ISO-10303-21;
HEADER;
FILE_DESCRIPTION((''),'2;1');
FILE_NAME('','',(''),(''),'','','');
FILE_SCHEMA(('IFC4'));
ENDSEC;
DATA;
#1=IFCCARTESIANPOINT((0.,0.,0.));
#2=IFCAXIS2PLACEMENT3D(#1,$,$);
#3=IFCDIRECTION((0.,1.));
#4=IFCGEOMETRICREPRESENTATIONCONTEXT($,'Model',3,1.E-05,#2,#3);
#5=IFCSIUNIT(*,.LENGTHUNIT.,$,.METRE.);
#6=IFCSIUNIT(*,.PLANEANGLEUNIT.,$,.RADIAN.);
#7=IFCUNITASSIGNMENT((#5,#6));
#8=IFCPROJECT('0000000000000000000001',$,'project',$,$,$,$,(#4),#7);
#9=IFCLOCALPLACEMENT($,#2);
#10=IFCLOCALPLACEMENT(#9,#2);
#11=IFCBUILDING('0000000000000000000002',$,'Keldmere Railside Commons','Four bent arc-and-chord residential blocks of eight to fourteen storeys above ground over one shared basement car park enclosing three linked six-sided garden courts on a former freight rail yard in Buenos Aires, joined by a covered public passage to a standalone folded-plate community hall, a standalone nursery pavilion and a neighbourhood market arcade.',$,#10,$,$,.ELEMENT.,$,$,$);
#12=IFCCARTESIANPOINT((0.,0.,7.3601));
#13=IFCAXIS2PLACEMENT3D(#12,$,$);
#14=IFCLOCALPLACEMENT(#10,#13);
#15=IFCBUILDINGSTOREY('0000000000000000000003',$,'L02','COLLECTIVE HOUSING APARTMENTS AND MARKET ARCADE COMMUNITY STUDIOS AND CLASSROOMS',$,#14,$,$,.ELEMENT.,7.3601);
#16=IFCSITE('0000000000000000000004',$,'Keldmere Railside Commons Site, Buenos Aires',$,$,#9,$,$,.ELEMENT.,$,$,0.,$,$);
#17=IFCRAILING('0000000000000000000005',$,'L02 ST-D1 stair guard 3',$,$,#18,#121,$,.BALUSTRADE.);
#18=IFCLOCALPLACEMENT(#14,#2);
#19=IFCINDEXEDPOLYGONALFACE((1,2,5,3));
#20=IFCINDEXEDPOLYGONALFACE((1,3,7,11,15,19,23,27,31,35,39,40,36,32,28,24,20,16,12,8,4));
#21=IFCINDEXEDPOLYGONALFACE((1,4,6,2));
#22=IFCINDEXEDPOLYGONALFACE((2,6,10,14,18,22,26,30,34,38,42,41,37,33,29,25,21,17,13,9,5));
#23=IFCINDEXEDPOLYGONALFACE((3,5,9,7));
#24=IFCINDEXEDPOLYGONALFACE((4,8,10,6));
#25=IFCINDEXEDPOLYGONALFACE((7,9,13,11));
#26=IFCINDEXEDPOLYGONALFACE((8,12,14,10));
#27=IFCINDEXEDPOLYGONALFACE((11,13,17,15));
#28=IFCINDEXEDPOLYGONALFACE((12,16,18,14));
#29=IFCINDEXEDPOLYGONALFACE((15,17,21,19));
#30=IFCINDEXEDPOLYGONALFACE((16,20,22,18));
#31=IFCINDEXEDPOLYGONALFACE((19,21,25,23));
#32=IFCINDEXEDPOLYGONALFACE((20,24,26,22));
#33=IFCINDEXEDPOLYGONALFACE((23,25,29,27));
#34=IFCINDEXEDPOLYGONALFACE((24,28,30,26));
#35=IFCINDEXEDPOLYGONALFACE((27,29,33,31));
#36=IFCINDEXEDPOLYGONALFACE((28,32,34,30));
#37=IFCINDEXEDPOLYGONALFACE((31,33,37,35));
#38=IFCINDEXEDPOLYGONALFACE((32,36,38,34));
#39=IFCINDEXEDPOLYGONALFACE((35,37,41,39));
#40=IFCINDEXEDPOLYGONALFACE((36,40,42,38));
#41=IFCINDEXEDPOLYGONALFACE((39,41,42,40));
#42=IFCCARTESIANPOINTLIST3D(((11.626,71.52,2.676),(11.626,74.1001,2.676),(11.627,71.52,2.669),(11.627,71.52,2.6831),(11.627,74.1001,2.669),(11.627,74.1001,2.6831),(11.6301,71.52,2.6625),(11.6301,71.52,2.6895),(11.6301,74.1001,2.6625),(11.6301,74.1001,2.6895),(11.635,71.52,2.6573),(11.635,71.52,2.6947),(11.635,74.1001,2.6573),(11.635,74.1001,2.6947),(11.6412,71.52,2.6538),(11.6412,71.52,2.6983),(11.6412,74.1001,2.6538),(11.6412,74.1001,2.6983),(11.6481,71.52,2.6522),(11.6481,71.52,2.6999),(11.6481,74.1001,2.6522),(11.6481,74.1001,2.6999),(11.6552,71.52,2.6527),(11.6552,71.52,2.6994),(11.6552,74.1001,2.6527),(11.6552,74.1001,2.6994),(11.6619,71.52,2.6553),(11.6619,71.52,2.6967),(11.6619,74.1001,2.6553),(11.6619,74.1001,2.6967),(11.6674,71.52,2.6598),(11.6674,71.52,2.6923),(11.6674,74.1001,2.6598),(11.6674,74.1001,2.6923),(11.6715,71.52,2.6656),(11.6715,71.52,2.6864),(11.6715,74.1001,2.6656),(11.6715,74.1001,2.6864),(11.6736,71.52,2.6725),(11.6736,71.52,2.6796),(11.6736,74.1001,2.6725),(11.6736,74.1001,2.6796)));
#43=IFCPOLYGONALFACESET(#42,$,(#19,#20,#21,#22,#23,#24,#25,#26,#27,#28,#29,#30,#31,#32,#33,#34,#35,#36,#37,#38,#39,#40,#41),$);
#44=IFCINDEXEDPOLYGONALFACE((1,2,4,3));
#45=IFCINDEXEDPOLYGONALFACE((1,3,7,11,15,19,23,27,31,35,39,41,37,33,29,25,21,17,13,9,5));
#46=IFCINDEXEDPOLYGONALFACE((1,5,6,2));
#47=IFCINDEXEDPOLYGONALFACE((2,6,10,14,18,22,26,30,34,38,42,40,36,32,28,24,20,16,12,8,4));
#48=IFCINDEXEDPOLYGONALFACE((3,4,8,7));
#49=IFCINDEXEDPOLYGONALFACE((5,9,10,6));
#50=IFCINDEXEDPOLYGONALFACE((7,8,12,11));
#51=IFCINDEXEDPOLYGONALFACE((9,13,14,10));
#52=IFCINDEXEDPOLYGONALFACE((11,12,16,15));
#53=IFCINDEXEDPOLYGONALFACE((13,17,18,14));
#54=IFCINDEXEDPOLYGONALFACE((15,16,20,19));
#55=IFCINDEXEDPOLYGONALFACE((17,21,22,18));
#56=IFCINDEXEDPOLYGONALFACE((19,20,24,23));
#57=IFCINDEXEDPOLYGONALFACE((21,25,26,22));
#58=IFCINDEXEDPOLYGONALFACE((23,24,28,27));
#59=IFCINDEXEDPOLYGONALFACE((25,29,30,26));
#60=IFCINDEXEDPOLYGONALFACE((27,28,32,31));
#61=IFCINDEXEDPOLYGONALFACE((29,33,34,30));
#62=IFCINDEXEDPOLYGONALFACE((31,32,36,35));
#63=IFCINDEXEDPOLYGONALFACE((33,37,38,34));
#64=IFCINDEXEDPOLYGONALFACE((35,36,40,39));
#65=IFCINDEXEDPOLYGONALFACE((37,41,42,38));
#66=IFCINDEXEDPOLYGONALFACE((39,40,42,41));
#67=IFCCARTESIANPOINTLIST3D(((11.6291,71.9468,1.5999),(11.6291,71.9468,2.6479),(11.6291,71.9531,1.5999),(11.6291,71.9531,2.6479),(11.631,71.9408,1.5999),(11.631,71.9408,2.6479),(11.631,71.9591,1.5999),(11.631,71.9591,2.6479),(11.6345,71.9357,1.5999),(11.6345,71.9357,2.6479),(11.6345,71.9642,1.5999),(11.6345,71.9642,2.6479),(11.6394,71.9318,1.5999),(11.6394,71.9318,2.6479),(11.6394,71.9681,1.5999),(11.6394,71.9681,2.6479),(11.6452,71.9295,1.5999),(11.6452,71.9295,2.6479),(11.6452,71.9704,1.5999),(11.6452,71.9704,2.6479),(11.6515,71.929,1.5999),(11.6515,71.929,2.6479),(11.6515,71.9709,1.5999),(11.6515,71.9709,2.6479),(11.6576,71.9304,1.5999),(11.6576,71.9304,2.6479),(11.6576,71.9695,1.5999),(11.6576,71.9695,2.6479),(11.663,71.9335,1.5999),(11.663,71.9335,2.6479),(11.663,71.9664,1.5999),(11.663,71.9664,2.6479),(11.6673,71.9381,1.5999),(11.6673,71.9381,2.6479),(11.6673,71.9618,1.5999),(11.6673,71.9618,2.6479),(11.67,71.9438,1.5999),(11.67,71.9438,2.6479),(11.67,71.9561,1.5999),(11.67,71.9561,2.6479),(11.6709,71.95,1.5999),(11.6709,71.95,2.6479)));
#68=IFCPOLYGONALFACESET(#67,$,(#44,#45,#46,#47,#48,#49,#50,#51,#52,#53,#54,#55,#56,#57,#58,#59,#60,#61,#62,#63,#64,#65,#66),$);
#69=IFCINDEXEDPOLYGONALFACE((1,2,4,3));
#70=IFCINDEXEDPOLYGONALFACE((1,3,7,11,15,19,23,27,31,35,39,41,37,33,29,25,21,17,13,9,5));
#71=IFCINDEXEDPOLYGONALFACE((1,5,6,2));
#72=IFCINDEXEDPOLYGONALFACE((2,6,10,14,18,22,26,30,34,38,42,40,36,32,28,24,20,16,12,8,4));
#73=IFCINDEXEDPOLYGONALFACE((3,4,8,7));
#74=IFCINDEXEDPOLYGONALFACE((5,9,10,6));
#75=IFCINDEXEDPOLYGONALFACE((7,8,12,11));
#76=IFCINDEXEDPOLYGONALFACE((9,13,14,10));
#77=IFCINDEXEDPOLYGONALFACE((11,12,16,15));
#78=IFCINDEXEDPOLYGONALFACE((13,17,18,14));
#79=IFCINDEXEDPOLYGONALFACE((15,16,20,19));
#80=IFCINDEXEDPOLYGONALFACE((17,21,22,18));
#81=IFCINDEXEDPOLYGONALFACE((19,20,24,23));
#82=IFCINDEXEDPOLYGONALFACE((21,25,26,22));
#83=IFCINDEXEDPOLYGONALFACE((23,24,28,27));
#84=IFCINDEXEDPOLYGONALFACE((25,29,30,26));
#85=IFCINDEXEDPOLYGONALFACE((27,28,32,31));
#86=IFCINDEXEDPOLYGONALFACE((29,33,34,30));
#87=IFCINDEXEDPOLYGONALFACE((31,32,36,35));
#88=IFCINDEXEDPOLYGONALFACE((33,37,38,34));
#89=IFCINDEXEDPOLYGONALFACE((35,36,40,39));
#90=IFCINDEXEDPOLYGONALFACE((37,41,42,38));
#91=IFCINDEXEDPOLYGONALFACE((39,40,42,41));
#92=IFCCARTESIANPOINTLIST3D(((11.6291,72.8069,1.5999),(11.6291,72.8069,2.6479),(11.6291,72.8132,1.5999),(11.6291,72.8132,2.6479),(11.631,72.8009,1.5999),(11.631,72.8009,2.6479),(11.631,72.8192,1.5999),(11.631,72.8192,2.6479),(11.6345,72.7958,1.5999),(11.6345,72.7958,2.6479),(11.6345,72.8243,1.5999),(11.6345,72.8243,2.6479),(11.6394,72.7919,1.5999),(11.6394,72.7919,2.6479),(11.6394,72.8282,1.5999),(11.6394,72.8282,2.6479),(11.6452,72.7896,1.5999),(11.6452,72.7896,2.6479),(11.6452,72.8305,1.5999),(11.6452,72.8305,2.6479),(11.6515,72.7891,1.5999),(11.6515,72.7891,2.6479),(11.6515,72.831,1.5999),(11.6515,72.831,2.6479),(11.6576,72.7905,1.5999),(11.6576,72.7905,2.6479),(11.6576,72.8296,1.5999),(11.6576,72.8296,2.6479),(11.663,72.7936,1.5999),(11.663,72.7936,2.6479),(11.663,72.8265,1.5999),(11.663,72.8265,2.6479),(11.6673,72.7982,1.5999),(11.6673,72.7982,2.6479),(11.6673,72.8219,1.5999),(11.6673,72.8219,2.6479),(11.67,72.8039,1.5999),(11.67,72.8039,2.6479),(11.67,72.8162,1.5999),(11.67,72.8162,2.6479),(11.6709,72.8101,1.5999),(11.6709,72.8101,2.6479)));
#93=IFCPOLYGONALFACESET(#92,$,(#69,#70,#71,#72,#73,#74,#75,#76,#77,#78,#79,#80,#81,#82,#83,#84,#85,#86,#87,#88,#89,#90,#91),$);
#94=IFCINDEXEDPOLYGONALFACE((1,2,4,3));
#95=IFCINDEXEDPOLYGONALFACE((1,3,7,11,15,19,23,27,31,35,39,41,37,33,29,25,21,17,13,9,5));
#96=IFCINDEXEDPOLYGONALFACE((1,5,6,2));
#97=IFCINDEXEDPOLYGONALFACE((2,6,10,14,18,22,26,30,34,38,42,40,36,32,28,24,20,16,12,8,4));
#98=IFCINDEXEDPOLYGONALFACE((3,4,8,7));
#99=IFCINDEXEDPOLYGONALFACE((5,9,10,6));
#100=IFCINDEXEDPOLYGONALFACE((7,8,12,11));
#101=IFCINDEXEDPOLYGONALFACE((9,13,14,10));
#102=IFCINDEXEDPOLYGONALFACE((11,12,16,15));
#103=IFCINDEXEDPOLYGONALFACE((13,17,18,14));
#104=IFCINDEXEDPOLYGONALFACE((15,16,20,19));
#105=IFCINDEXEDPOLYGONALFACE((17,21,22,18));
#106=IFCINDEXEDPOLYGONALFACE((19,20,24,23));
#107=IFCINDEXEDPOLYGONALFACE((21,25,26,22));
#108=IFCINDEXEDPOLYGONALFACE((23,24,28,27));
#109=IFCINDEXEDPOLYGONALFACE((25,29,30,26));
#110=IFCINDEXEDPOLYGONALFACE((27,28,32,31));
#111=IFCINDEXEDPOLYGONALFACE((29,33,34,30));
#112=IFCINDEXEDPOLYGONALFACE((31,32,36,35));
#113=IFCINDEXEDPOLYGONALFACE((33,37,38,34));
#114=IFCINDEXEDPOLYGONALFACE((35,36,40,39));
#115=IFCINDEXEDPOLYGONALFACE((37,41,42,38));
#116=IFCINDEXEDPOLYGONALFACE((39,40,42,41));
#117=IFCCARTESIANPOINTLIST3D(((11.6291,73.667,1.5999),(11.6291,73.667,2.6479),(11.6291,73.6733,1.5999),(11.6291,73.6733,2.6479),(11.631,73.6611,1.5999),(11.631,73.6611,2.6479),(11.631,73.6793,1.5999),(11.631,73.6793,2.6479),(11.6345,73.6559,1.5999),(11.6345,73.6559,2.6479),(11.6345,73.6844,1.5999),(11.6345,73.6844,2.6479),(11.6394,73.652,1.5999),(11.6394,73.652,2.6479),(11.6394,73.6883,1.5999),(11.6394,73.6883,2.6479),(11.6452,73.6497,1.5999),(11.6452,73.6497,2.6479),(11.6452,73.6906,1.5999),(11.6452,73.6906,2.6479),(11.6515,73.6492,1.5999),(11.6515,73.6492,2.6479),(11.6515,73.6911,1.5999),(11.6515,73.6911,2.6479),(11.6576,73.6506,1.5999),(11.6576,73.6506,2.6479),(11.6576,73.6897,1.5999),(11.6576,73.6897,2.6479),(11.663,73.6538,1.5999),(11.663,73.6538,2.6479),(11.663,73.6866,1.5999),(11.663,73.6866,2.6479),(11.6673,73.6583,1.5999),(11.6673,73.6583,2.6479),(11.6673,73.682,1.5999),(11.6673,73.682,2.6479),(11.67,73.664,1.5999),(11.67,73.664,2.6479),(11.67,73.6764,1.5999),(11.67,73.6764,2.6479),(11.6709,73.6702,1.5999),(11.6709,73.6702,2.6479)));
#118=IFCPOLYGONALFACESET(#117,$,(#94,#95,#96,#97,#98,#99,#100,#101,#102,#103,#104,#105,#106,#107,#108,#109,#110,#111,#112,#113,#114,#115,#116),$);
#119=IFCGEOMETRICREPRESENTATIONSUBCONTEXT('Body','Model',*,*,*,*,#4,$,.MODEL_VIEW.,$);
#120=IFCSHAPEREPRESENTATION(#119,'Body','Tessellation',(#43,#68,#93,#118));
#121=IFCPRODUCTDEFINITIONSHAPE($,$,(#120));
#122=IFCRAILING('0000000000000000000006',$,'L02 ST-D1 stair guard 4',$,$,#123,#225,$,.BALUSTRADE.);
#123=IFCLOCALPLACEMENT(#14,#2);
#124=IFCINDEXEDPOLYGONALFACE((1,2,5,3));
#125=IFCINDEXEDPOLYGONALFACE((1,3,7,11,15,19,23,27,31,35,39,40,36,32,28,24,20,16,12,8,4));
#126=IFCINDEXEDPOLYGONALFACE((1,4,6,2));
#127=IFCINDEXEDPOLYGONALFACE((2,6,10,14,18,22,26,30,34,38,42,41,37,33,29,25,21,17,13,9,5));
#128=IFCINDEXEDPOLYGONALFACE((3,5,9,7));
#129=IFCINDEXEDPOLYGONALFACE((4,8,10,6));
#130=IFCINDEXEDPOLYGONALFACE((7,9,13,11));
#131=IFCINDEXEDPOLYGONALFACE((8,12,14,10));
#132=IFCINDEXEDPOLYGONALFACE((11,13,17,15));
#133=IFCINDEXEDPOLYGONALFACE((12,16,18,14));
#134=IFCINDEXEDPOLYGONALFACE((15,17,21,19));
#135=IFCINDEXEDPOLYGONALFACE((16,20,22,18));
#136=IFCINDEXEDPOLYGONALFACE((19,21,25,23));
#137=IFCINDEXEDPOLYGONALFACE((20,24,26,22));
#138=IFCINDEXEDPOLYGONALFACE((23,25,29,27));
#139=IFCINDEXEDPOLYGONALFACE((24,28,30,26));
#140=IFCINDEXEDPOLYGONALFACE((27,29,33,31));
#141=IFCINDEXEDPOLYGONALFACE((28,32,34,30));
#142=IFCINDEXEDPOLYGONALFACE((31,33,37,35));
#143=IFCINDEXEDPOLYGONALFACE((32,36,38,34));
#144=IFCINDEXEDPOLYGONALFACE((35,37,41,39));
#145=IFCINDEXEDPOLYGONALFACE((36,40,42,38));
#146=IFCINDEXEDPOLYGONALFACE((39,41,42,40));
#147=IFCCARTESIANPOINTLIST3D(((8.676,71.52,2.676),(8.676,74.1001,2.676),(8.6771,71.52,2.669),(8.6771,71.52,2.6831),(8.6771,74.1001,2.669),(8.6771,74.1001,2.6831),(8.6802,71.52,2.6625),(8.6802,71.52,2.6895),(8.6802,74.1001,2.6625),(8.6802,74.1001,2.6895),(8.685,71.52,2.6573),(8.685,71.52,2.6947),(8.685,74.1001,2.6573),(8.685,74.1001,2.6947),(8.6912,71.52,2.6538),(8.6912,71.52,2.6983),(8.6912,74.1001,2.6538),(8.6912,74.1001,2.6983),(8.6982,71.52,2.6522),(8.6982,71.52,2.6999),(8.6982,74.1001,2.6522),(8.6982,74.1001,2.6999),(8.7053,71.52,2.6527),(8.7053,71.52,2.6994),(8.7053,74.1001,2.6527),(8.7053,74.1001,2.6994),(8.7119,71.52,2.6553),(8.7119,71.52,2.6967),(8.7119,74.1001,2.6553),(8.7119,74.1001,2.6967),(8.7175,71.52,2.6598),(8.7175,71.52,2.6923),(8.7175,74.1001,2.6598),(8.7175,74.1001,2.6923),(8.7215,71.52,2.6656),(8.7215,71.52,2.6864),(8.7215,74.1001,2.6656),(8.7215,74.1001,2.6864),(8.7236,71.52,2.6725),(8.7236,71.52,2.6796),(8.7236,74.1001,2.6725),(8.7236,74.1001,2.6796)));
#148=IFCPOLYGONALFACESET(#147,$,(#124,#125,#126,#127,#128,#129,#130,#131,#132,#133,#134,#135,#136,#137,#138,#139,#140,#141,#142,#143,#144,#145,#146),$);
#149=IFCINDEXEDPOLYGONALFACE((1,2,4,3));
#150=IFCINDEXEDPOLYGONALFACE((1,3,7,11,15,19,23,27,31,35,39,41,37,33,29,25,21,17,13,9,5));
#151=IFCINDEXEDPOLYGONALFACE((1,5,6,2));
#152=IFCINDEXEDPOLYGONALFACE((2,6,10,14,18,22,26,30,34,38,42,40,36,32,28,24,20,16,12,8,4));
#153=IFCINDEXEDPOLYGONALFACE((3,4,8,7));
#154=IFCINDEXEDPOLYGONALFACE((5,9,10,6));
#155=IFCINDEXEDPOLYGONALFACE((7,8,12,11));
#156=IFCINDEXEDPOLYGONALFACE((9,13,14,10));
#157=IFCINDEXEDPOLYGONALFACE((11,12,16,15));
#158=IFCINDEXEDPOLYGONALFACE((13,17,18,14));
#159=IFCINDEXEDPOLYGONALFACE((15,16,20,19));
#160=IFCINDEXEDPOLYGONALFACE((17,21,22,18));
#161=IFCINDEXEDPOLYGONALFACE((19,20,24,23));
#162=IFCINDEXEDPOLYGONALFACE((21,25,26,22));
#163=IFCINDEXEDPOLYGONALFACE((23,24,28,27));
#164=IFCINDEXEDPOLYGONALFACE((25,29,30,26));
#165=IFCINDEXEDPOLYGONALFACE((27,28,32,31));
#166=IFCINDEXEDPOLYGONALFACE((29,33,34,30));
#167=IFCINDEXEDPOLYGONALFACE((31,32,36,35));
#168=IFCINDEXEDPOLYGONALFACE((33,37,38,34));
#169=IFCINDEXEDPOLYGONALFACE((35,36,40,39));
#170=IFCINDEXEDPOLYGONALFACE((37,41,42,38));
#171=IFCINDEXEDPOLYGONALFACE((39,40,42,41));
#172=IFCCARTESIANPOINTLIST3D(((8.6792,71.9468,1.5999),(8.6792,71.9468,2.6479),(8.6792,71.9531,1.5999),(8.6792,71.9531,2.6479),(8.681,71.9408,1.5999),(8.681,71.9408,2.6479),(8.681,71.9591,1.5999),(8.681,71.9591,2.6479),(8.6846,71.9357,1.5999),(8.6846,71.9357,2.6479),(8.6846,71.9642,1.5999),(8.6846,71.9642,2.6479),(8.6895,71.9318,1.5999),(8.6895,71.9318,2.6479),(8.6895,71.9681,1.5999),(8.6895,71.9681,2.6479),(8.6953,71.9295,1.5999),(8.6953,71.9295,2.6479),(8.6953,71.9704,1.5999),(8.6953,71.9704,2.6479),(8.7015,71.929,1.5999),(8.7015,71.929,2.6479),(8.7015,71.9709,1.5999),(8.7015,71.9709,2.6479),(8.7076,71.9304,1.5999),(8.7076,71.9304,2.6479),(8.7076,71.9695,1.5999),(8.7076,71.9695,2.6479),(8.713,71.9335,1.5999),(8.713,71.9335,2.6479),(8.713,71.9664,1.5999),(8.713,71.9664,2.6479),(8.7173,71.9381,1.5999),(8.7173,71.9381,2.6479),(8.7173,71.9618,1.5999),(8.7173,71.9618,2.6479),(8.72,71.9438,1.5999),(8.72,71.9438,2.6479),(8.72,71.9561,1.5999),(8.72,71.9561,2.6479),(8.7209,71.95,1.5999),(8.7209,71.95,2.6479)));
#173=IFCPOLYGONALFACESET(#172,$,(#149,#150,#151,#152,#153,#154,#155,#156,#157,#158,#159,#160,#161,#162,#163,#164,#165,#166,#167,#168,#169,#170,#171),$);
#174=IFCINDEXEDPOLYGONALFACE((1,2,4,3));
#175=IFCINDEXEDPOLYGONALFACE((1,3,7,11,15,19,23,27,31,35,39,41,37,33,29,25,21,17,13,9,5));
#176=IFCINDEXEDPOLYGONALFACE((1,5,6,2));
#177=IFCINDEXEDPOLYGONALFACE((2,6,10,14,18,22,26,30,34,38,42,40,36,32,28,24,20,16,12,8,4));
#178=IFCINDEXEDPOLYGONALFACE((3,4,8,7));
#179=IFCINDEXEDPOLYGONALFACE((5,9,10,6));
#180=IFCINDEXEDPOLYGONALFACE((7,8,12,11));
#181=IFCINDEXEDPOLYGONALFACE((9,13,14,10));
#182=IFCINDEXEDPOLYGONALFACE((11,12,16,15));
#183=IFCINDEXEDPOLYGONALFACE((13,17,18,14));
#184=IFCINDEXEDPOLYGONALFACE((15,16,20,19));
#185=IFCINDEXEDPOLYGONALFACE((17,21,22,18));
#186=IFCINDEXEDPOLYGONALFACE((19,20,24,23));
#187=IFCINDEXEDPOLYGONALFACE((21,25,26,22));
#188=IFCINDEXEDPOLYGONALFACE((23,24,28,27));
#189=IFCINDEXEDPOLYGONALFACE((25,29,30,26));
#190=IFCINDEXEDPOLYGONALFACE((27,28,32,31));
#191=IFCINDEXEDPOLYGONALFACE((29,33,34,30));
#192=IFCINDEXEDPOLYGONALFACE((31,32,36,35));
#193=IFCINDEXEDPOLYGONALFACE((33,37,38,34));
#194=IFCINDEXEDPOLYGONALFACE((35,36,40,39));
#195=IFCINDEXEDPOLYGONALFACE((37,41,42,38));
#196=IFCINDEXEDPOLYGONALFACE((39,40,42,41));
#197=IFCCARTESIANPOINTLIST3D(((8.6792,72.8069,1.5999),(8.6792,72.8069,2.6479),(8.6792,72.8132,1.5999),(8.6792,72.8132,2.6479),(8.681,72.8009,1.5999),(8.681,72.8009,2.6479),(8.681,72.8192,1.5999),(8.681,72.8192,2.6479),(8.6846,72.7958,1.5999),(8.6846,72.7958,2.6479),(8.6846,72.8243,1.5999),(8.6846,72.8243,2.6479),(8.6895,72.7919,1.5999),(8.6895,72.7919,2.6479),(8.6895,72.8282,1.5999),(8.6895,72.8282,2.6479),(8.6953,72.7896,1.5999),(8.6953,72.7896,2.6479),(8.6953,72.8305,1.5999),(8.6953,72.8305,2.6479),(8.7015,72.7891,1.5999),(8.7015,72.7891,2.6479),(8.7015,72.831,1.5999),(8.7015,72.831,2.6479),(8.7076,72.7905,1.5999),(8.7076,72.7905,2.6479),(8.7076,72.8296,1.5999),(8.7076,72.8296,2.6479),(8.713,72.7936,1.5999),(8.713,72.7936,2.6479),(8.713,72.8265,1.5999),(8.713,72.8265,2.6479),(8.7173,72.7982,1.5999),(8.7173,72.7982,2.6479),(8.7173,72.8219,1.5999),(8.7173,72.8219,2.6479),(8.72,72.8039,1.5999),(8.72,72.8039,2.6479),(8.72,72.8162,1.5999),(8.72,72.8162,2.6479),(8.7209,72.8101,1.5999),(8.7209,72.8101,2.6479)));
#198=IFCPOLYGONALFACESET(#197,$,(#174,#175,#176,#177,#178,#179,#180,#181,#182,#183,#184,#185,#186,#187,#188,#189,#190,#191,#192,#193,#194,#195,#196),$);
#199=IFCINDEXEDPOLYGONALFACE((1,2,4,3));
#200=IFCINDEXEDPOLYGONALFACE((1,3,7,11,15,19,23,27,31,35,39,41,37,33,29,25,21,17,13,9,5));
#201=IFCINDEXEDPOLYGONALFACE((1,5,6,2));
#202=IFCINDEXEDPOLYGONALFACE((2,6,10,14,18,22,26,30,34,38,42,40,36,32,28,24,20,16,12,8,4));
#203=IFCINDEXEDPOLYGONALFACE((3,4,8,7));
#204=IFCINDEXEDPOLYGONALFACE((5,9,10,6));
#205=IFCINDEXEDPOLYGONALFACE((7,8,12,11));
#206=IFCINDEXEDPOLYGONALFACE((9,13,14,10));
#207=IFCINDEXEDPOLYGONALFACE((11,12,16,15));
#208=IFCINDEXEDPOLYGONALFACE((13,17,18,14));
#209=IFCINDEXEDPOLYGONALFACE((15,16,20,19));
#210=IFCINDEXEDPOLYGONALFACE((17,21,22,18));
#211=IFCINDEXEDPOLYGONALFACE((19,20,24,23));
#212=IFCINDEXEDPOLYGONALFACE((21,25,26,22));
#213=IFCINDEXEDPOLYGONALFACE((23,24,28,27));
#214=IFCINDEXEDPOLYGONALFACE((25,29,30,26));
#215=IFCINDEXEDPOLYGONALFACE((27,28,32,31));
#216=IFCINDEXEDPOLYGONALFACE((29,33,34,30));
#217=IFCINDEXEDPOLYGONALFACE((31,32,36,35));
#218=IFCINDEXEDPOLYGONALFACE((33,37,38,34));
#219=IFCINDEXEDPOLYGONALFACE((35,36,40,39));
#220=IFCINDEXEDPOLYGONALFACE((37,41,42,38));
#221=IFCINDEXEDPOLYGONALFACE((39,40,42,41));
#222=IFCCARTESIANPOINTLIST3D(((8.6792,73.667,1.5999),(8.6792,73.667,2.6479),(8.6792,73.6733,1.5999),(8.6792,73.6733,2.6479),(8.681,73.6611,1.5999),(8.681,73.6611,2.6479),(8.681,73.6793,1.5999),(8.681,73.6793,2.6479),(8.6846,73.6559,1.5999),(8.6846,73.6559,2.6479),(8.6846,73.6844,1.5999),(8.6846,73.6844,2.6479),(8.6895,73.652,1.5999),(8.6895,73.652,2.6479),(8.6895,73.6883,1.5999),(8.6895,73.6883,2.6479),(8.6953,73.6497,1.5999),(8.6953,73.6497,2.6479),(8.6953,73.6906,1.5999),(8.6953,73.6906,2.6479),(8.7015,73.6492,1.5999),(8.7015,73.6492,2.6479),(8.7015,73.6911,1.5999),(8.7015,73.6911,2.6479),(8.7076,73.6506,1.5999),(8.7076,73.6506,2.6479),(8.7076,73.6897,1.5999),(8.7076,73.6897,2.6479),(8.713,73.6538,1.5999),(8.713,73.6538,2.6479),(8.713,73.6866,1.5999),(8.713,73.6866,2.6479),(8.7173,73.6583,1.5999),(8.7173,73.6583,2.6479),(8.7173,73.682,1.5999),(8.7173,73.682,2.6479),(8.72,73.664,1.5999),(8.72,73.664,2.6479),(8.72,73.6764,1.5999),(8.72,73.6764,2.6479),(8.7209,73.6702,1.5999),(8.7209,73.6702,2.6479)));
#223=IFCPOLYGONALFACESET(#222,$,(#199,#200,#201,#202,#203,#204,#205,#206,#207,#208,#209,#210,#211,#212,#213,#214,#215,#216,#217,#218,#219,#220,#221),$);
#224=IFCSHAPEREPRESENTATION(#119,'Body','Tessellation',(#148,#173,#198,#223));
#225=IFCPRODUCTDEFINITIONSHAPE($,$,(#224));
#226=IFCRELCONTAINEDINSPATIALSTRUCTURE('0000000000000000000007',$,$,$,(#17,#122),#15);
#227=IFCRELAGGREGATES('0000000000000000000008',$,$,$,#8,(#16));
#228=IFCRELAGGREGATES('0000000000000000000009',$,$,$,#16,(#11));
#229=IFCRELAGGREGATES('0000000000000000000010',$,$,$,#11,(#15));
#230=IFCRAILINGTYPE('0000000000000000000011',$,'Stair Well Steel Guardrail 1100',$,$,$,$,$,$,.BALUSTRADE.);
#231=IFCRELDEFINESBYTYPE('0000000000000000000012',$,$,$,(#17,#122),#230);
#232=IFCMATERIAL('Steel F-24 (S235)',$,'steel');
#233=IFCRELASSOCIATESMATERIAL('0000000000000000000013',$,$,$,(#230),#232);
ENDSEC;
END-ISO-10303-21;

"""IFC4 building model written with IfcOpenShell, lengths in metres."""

from ifc_helpers import new_model, si_unit, direction, frame, origin, origin_2d, place, context, subcontext, project, spatial, circle, extrude, material, type_object, element, save


model = new_model("IFC4")

# Units and contexts
model_context = context("Model", 3, precision=1e-05, world=origin(), true_north=direction((0.0, 1.0)))
body_context = subcontext(model_context, "Body", "Model", "MODEL_VIEW")
ifc_project = project(units=[si_unit("LENGTHUNIT", "METRE"), si_unit("PLANEANGLEUNIT", "RADIAN")], contexts=[model_context])

# Site, building, storey
site_placement = place(None, origin())
site = spatial("IfcSite", under=ifc_project, at=site_placement, Name="Keldmere Railside Commons Site, Buenos Aires", CompositionType="ELEMENT", RefElevation=0.0)
building_placement = place(site_placement, origin())
building = spatial("IfcBuilding", under=site, at=building_placement, Name="Keldmere Railside Commons", Description="Four bent arc-and-chord residential blocks of eight to fourteen storeys above ground over one shared basement car park enclosing three linked six-sided garden courts on a former freight rail yard in Buenos Aires, joined by a covered public passage to a standalone folded-plate community hall, a standalone nursery pavilion and a neighbourhood market arcade.", CompositionType="ELEMENT")
storey_placement = place(building_placement, frame((0.0, 0.0, 7.3601)))
storey = spatial("IfcBuildingStorey", under=building, at=storey_placement, Name="L02", Description="COLLECTIVE HOUSING APARTMENTS AND MARKET ARCADE COMMUNITY STUDIOS AND CLASSROOMS", CompositionType="ELEMENT", Elevation=7.3601)

# Shared definitions
ifc_material_1 = material(Name="Steel F-24 (S235)", Category="steel")

# Railings
railing_type_1 = type_object("IfcRailingType", Name="Stair Well Steel Guardrail 1100", PredefinedType="BALUSTRADE", material=ifc_material_1)
for number, where, name in (
    (1, (11.6499, 71.52, 1.5999), "L02 ST-D1 stair guard 3"),
    (2, (8.7, 71.52, 1.5999), "L02 ST-D1 stair guard 4"),
):
    element("IfcRailing", number, at=place(storey_placement, frame(where)), inside=storey, type_object=railing_type_1, Name=name, PredefinedType="BALUSTRADE", context=body_context, shape_type="SweptSolid", body=[
        extrude(circle(Radius=0.0239, at=origin_2d()), frame((0.0, 0.0, 1.0762), z_axis=(0.0, 1.0, 0.0), x_axis=(-1.0, 0.0, 0.0)), (0.0, 0.0, 1.0), 2.5801),
        extrude(circle(Radius=0.021, at=origin_2d()), frame((0.0, 0.4299, 0.0)), (0.0, 0.0, 1.0), 1.0481),
        extrude(circle(Radius=0.021, at=origin_2d()), frame((0.0, 1.29, 0.0)), (0.0, 0.0, 1.0), 1.0481),
        extrude(circle(Radius=0.021, at=origin_2d()), frame((0.0, 2.1501, 0.0)), (0.0, 0.0, 1.0), 1.0481),
    ])

save(model, "model.ifc")
